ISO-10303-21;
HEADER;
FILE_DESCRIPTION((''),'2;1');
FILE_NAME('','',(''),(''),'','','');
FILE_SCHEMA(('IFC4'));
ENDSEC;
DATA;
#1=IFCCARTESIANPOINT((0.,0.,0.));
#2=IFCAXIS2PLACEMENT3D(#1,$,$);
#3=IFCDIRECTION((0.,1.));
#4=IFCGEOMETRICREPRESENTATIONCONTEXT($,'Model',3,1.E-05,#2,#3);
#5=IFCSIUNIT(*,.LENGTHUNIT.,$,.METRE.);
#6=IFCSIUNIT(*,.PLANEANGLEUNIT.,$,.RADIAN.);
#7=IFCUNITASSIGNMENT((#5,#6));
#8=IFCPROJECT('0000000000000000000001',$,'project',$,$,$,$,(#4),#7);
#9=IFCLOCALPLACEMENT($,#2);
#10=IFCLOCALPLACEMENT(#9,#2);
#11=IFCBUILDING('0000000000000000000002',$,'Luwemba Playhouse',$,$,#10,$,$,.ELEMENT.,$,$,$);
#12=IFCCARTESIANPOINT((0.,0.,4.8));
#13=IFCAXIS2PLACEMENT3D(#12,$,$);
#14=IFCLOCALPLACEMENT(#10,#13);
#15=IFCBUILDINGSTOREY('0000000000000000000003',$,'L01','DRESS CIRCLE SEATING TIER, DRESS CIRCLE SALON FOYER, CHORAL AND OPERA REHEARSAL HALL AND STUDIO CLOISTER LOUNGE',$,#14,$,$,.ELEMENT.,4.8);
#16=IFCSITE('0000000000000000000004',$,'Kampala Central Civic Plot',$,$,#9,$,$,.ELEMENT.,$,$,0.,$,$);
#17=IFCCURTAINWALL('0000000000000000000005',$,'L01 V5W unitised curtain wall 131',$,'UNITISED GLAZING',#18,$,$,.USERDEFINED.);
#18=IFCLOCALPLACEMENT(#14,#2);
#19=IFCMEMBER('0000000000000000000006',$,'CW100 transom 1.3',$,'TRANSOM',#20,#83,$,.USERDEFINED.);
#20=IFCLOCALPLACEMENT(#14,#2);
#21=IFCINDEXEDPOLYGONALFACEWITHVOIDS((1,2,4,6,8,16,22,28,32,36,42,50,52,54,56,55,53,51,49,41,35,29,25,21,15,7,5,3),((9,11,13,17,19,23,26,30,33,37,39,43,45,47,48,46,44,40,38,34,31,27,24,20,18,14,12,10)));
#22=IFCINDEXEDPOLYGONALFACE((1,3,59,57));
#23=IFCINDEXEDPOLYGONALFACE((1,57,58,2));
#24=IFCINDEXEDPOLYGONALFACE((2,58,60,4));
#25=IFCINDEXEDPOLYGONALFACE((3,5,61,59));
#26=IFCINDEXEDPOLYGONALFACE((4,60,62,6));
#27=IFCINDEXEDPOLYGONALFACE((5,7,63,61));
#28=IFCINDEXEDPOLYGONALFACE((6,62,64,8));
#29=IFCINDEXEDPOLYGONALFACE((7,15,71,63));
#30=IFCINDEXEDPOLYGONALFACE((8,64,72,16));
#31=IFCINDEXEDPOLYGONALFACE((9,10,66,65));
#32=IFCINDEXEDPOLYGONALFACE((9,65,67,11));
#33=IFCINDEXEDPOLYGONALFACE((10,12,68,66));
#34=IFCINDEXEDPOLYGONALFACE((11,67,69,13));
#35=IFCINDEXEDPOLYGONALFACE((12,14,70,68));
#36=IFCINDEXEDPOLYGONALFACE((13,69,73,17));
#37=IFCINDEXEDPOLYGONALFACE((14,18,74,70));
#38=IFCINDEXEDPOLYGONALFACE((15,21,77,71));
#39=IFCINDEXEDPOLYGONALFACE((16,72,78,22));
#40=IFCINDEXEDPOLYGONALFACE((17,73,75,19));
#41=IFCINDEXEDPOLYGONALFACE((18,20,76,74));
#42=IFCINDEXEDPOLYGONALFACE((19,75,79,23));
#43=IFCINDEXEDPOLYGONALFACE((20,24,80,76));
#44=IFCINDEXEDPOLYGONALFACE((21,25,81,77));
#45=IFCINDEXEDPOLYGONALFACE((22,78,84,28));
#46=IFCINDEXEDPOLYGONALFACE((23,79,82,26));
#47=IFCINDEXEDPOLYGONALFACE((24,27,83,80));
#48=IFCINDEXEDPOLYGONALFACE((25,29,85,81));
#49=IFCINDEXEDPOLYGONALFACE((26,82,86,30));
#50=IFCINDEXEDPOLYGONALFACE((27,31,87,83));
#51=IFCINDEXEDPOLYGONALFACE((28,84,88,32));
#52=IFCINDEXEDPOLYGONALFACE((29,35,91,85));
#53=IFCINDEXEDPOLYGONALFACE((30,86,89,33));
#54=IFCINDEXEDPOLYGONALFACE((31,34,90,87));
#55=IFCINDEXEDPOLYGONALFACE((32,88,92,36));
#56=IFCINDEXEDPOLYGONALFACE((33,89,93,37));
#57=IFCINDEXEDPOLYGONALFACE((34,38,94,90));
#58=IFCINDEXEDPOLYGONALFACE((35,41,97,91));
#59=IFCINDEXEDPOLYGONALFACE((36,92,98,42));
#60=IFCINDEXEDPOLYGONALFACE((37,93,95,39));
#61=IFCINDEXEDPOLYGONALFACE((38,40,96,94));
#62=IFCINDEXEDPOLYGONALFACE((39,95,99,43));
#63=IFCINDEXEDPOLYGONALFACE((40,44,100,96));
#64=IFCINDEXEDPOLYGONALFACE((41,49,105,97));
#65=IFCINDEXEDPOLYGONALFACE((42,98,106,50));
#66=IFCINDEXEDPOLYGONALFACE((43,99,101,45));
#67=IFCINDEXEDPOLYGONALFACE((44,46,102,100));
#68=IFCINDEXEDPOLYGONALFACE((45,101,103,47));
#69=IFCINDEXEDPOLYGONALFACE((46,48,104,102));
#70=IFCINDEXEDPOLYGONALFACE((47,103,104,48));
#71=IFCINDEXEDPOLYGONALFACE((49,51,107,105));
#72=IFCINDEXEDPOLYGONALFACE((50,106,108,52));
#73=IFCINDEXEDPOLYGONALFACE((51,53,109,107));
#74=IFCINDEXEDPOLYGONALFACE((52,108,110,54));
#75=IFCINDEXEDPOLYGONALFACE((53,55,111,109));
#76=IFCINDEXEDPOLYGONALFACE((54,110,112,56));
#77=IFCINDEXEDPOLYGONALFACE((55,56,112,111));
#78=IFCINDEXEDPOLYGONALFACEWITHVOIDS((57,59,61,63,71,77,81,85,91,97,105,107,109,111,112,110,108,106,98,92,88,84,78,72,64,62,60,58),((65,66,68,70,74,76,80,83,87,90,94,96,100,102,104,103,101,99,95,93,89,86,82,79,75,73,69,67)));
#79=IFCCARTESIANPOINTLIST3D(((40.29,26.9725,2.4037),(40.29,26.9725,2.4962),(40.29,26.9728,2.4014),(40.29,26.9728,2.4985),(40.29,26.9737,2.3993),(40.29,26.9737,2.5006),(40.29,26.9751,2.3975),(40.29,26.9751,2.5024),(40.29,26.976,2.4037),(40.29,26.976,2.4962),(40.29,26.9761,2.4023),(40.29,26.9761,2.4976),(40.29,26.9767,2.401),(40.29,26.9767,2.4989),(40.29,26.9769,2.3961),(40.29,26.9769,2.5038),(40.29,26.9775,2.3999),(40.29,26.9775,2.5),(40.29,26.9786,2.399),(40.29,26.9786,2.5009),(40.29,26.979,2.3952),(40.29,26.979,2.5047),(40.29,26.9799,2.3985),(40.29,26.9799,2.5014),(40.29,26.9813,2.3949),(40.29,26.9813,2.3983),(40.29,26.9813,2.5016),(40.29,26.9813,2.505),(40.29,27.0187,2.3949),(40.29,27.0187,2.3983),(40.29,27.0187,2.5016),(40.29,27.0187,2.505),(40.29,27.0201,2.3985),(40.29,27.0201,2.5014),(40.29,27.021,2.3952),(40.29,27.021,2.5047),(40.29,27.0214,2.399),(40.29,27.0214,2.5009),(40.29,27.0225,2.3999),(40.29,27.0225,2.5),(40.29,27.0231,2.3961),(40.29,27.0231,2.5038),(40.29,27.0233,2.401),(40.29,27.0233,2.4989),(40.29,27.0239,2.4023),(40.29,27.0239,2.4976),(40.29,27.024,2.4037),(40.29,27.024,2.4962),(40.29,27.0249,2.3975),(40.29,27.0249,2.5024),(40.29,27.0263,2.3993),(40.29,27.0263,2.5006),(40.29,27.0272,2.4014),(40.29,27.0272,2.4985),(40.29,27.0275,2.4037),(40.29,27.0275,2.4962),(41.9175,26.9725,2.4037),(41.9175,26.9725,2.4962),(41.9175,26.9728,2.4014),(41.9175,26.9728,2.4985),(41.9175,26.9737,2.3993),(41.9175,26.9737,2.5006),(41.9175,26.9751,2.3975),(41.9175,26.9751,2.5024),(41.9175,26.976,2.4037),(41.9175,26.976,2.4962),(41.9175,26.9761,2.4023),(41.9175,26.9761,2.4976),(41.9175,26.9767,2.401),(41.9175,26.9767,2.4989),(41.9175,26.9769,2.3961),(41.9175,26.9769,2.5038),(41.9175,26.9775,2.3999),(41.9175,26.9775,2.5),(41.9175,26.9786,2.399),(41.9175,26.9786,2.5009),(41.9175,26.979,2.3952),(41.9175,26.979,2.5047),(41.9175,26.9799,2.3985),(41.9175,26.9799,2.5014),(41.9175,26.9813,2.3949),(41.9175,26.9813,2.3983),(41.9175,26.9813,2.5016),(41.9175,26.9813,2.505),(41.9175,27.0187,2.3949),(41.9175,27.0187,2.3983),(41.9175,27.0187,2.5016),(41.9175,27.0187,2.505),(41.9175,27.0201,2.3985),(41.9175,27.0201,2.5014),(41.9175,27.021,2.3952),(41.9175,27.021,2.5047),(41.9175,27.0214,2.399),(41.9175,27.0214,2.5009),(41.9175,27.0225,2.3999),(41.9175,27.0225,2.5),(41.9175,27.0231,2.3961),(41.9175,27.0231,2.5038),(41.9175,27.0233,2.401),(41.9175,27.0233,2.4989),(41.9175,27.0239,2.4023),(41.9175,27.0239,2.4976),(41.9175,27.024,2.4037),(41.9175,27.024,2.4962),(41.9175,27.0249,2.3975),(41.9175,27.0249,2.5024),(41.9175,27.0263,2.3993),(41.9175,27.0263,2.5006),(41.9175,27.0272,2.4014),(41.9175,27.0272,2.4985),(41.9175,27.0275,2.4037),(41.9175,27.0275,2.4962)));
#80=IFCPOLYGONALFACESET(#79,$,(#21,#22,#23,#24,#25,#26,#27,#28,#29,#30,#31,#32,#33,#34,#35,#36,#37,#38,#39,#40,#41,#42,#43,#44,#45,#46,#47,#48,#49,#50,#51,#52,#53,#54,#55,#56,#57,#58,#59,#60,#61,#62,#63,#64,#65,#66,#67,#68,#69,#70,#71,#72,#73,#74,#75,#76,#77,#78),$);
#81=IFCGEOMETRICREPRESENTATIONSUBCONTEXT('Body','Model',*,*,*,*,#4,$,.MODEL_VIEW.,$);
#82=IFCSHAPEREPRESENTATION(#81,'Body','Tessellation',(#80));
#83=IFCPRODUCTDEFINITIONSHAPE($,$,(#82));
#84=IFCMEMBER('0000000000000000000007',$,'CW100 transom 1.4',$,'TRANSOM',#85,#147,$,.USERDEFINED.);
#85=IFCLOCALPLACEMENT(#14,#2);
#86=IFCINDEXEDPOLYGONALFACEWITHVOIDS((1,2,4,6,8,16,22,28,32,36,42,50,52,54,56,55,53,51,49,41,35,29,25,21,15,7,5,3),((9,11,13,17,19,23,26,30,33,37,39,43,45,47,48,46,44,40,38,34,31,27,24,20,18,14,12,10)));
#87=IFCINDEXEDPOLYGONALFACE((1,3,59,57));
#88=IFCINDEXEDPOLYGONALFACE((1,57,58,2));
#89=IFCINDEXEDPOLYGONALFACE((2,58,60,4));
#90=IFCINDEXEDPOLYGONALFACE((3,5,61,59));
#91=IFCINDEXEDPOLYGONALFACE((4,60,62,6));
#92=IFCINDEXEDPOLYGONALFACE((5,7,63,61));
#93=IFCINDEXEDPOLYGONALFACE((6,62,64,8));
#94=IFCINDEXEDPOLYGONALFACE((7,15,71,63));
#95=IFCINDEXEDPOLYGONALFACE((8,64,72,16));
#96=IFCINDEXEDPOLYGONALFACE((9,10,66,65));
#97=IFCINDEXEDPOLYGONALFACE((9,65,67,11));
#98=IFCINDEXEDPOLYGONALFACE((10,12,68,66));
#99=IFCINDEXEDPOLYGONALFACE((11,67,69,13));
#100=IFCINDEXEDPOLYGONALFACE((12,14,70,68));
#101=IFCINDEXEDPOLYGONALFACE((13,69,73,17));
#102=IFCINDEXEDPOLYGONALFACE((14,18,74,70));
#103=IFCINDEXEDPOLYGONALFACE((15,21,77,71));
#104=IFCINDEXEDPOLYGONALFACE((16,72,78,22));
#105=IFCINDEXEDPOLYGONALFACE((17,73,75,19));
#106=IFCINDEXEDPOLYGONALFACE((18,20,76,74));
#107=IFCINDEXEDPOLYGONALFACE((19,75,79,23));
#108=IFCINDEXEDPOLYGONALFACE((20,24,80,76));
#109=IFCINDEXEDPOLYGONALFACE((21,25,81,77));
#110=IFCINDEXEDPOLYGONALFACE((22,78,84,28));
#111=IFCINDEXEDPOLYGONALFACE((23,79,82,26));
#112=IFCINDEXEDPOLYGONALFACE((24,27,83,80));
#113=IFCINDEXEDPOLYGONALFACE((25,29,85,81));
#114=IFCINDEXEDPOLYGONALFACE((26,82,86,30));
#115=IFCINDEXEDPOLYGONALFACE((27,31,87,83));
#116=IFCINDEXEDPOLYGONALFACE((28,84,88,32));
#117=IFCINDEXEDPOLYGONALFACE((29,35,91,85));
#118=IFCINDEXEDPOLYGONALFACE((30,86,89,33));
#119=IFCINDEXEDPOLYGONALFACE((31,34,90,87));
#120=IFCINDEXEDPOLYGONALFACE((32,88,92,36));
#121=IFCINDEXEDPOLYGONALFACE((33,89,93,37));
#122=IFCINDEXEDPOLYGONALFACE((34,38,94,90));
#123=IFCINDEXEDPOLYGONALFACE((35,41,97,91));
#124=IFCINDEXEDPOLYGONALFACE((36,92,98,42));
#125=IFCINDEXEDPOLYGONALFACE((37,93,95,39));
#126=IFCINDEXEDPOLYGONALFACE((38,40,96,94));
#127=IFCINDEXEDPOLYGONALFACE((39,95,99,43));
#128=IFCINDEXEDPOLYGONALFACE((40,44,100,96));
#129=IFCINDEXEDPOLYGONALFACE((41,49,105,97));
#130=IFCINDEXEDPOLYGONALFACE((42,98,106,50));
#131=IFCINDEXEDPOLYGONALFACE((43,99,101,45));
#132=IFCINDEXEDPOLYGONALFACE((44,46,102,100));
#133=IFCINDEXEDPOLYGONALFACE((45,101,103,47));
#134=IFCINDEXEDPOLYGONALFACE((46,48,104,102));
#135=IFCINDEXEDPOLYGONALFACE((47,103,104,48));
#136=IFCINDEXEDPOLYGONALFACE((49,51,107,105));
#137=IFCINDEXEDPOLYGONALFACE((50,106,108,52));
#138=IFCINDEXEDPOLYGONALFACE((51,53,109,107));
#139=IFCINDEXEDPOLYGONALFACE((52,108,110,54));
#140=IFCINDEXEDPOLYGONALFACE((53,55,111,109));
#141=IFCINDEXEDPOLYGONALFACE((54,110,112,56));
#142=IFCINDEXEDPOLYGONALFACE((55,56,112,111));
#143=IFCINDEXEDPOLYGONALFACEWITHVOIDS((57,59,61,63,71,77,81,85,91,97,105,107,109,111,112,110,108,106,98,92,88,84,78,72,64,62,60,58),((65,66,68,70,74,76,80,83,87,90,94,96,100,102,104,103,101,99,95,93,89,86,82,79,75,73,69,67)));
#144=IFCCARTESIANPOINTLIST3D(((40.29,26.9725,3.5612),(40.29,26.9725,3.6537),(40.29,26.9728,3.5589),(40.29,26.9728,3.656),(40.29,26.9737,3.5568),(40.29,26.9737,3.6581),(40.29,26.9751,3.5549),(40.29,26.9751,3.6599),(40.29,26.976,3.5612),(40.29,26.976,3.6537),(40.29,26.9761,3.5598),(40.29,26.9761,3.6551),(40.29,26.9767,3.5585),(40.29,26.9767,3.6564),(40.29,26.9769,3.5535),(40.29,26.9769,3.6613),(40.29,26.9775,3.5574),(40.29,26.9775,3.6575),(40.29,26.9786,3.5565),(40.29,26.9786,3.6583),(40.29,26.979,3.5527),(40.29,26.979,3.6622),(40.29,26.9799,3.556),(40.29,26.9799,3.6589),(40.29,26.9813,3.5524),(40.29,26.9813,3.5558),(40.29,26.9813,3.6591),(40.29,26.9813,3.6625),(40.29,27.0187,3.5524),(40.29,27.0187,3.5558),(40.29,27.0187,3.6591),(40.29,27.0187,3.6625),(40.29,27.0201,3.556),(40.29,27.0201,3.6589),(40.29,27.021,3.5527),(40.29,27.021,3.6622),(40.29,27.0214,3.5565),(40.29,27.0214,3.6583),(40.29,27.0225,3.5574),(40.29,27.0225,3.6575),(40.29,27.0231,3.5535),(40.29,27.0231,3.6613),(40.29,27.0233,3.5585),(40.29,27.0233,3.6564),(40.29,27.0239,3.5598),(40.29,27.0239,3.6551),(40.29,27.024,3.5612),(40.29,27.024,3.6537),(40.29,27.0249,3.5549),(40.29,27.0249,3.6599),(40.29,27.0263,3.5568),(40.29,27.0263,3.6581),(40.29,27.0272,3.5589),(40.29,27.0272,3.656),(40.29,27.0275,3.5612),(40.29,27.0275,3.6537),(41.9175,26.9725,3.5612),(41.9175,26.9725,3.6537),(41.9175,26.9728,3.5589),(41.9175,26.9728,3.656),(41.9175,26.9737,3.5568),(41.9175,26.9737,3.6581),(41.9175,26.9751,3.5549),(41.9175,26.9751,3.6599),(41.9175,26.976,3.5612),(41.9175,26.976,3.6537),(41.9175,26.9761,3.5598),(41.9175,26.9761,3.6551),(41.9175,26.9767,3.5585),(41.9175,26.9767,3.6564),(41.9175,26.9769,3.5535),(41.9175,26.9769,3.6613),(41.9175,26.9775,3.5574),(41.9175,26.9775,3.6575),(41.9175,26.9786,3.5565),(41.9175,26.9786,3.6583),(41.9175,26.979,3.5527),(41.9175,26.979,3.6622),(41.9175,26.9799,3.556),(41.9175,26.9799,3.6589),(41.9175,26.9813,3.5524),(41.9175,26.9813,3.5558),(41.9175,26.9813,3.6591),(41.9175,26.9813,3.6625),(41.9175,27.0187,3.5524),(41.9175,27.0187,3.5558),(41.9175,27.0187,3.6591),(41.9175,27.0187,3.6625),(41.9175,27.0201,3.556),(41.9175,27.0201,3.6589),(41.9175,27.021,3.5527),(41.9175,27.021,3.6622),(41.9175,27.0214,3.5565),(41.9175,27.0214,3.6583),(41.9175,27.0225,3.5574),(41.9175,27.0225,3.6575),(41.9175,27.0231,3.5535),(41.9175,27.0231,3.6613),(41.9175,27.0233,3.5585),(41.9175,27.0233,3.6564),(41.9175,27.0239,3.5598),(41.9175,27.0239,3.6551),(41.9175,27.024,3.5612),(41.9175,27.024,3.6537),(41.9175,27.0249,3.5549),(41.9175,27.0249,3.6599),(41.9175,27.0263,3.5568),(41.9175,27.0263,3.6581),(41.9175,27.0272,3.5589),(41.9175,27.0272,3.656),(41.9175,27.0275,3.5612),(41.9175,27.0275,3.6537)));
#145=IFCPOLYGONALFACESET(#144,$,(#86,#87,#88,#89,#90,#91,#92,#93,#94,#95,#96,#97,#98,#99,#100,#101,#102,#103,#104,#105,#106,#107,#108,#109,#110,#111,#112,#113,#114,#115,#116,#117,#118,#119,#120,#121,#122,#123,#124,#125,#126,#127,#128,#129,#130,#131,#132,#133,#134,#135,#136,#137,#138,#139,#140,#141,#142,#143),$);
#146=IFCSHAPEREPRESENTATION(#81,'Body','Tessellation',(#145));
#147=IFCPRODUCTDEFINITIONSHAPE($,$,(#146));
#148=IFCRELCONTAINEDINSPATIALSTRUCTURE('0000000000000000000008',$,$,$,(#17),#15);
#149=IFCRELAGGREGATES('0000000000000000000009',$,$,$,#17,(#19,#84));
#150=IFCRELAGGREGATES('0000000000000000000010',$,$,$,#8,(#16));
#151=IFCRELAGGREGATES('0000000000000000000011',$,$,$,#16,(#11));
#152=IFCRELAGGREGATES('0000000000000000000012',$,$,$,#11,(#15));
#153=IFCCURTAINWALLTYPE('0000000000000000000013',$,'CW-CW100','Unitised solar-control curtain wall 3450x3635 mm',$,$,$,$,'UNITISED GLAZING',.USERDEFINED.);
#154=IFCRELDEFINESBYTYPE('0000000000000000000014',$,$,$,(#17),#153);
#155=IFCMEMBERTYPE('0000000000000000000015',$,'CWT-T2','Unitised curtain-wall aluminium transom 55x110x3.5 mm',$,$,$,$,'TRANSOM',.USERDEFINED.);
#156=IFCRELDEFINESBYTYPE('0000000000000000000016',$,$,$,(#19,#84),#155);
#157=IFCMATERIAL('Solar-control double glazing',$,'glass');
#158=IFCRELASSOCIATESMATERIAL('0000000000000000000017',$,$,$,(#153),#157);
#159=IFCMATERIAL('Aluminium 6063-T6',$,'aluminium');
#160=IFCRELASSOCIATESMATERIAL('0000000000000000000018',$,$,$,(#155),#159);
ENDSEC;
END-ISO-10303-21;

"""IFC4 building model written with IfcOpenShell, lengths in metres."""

from ifc_helpers import new_model, si_unit, direction, frame, origin, origin_2d, place, context, subcontext, project, spatial, hollow_rectangle, extrude, material, material_profile, profile_set, type_object, element, aggregate, save


model = new_model("IFC4")

# Units and contexts
model_context = context("Model", 3, precision=1e-05, world=origin(), true_north=direction((0.0, 1.0)))
body_context = subcontext(model_context, "Body", "Model", "MODEL_VIEW")
ifc_project = project(units=[si_unit("LENGTHUNIT", "METRE"), si_unit("PLANEANGLEUNIT", "RADIAN")], contexts=[model_context])

# Site, building, storey
site_placement = place(None, origin())
site = spatial("IfcSite", under=ifc_project, at=site_placement, Name="Kampala Central Civic Plot", CompositionType="ELEMENT", RefElevation=0.0)
building_placement = place(site_placement, origin())
building = spatial("IfcBuilding", under=site, at=building_placement, Name="Luwemba Playhouse", CompositionType="ELEMENT")
storey_placement = place(building_placement, frame((0.0, 0.0, 4.8)))
storey = spatial("IfcBuildingStorey", under=building, at=storey_placement, Name="L01", Description="DRESS CIRCLE SEATING TIER, DRESS CIRCLE SALON FOYER, CHORAL AND OPERA REHEARSAL HALL AND STUDIO CLOISTER LOUNGE", CompositionType="ELEMENT", Elevation=4.8)

# Curtain wall
ifc_material_1 = material(Name="Solar-control double glazing", Category="glass")
ifc_material_2 = material(Name="Aluminium 6063-T6", Category="aluminium")
curtain_wall_type_1 = type_object("IfcCurtainWallType", Name="CW-CW100", Description="Unitised solar-control curtain wall 3450x3635 mm", ElementType="UNITISED GLAZING", PredefinedType="USERDEFINED", material=ifc_material_1)
curtain_wall_1_placement = place(storey_placement, origin())
curtain_wall_1 = element("IfcCurtainWall", 1, at=curtain_wall_1_placement, inside=storey, type_object=curtain_wall_type_1, Name="L01 V5W unitised curtain wall 131", ObjectType="UNITISED GLAZING", PredefinedType="USERDEFINED")

# Members
ifc_material_profile_1 = material_profile(ifc_material_2, hollow_rectangle(XDim=0.0549, YDim=0.1101, WallThickness=0.0034, InnerFilletRadius=0.0054, OuterFilletRadius=0.0088, at=origin_2d()))
ifc_profile_set_1 = profile_set([ifc_material_profile_1], Name="Aluminium 6063-T6")
member_type_1 = type_object("IfcMemberType", Name="CWT-T2", Description="Unitised curtain-wall aluminium transom 55x110x3.5 mm", ElementType="TRANSOM", PredefinedType="USERDEFINED", material=ifc_profile_set_1)
member_1_placement = place(storey_placement, frame((40.29, 27.0, 2.45), z_axis=(1.0, 0.0, 0.0), x_axis=(0.0, 1.0, 0.0)))
member_1 = element("IfcMember", 2, at=member_1_placement, type_object=member_type_1, Name="CW100 transom 1.3", ObjectType="TRANSOM", PredefinedType="USERDEFINED", context=body_context, shape_type="SweptSolid", body=[
    extrude(hollow_rectangle(XDim=0.0549, YDim=0.1101, WallThickness=0.0034, InnerFilletRadius=0.0054, OuterFilletRadius=0.0088, at=origin_2d()), origin(), (0.0, 0.0, 1.0), 1.6274),
])
member_2_placement = place(storey_placement, frame((40.29, 27.0, 3.6074), z_axis=(1.0, 0.0, 0.0), x_axis=(0.0, 1.0, 0.0)))
member_2 = element("IfcMember", 3, at=member_2_placement, type_object=member_type_1, Name="CW100 transom 1.4", ObjectType="TRANSOM", PredefinedType="USERDEFINED", context=body_context, shape_type="SweptSolid", body=[
    extrude(hollow_rectangle(XDim=0.0549, YDim=0.1101, WallThickness=0.0034, InnerFilletRadius=0.0054, OuterFilletRadius=0.0088, at=origin_2d()), origin(), (0.0, 0.0, 1.0), 1.6274),
])

aggregate(curtain_wall_1, [member_1, member_2])

save(model, "model.ifc")
